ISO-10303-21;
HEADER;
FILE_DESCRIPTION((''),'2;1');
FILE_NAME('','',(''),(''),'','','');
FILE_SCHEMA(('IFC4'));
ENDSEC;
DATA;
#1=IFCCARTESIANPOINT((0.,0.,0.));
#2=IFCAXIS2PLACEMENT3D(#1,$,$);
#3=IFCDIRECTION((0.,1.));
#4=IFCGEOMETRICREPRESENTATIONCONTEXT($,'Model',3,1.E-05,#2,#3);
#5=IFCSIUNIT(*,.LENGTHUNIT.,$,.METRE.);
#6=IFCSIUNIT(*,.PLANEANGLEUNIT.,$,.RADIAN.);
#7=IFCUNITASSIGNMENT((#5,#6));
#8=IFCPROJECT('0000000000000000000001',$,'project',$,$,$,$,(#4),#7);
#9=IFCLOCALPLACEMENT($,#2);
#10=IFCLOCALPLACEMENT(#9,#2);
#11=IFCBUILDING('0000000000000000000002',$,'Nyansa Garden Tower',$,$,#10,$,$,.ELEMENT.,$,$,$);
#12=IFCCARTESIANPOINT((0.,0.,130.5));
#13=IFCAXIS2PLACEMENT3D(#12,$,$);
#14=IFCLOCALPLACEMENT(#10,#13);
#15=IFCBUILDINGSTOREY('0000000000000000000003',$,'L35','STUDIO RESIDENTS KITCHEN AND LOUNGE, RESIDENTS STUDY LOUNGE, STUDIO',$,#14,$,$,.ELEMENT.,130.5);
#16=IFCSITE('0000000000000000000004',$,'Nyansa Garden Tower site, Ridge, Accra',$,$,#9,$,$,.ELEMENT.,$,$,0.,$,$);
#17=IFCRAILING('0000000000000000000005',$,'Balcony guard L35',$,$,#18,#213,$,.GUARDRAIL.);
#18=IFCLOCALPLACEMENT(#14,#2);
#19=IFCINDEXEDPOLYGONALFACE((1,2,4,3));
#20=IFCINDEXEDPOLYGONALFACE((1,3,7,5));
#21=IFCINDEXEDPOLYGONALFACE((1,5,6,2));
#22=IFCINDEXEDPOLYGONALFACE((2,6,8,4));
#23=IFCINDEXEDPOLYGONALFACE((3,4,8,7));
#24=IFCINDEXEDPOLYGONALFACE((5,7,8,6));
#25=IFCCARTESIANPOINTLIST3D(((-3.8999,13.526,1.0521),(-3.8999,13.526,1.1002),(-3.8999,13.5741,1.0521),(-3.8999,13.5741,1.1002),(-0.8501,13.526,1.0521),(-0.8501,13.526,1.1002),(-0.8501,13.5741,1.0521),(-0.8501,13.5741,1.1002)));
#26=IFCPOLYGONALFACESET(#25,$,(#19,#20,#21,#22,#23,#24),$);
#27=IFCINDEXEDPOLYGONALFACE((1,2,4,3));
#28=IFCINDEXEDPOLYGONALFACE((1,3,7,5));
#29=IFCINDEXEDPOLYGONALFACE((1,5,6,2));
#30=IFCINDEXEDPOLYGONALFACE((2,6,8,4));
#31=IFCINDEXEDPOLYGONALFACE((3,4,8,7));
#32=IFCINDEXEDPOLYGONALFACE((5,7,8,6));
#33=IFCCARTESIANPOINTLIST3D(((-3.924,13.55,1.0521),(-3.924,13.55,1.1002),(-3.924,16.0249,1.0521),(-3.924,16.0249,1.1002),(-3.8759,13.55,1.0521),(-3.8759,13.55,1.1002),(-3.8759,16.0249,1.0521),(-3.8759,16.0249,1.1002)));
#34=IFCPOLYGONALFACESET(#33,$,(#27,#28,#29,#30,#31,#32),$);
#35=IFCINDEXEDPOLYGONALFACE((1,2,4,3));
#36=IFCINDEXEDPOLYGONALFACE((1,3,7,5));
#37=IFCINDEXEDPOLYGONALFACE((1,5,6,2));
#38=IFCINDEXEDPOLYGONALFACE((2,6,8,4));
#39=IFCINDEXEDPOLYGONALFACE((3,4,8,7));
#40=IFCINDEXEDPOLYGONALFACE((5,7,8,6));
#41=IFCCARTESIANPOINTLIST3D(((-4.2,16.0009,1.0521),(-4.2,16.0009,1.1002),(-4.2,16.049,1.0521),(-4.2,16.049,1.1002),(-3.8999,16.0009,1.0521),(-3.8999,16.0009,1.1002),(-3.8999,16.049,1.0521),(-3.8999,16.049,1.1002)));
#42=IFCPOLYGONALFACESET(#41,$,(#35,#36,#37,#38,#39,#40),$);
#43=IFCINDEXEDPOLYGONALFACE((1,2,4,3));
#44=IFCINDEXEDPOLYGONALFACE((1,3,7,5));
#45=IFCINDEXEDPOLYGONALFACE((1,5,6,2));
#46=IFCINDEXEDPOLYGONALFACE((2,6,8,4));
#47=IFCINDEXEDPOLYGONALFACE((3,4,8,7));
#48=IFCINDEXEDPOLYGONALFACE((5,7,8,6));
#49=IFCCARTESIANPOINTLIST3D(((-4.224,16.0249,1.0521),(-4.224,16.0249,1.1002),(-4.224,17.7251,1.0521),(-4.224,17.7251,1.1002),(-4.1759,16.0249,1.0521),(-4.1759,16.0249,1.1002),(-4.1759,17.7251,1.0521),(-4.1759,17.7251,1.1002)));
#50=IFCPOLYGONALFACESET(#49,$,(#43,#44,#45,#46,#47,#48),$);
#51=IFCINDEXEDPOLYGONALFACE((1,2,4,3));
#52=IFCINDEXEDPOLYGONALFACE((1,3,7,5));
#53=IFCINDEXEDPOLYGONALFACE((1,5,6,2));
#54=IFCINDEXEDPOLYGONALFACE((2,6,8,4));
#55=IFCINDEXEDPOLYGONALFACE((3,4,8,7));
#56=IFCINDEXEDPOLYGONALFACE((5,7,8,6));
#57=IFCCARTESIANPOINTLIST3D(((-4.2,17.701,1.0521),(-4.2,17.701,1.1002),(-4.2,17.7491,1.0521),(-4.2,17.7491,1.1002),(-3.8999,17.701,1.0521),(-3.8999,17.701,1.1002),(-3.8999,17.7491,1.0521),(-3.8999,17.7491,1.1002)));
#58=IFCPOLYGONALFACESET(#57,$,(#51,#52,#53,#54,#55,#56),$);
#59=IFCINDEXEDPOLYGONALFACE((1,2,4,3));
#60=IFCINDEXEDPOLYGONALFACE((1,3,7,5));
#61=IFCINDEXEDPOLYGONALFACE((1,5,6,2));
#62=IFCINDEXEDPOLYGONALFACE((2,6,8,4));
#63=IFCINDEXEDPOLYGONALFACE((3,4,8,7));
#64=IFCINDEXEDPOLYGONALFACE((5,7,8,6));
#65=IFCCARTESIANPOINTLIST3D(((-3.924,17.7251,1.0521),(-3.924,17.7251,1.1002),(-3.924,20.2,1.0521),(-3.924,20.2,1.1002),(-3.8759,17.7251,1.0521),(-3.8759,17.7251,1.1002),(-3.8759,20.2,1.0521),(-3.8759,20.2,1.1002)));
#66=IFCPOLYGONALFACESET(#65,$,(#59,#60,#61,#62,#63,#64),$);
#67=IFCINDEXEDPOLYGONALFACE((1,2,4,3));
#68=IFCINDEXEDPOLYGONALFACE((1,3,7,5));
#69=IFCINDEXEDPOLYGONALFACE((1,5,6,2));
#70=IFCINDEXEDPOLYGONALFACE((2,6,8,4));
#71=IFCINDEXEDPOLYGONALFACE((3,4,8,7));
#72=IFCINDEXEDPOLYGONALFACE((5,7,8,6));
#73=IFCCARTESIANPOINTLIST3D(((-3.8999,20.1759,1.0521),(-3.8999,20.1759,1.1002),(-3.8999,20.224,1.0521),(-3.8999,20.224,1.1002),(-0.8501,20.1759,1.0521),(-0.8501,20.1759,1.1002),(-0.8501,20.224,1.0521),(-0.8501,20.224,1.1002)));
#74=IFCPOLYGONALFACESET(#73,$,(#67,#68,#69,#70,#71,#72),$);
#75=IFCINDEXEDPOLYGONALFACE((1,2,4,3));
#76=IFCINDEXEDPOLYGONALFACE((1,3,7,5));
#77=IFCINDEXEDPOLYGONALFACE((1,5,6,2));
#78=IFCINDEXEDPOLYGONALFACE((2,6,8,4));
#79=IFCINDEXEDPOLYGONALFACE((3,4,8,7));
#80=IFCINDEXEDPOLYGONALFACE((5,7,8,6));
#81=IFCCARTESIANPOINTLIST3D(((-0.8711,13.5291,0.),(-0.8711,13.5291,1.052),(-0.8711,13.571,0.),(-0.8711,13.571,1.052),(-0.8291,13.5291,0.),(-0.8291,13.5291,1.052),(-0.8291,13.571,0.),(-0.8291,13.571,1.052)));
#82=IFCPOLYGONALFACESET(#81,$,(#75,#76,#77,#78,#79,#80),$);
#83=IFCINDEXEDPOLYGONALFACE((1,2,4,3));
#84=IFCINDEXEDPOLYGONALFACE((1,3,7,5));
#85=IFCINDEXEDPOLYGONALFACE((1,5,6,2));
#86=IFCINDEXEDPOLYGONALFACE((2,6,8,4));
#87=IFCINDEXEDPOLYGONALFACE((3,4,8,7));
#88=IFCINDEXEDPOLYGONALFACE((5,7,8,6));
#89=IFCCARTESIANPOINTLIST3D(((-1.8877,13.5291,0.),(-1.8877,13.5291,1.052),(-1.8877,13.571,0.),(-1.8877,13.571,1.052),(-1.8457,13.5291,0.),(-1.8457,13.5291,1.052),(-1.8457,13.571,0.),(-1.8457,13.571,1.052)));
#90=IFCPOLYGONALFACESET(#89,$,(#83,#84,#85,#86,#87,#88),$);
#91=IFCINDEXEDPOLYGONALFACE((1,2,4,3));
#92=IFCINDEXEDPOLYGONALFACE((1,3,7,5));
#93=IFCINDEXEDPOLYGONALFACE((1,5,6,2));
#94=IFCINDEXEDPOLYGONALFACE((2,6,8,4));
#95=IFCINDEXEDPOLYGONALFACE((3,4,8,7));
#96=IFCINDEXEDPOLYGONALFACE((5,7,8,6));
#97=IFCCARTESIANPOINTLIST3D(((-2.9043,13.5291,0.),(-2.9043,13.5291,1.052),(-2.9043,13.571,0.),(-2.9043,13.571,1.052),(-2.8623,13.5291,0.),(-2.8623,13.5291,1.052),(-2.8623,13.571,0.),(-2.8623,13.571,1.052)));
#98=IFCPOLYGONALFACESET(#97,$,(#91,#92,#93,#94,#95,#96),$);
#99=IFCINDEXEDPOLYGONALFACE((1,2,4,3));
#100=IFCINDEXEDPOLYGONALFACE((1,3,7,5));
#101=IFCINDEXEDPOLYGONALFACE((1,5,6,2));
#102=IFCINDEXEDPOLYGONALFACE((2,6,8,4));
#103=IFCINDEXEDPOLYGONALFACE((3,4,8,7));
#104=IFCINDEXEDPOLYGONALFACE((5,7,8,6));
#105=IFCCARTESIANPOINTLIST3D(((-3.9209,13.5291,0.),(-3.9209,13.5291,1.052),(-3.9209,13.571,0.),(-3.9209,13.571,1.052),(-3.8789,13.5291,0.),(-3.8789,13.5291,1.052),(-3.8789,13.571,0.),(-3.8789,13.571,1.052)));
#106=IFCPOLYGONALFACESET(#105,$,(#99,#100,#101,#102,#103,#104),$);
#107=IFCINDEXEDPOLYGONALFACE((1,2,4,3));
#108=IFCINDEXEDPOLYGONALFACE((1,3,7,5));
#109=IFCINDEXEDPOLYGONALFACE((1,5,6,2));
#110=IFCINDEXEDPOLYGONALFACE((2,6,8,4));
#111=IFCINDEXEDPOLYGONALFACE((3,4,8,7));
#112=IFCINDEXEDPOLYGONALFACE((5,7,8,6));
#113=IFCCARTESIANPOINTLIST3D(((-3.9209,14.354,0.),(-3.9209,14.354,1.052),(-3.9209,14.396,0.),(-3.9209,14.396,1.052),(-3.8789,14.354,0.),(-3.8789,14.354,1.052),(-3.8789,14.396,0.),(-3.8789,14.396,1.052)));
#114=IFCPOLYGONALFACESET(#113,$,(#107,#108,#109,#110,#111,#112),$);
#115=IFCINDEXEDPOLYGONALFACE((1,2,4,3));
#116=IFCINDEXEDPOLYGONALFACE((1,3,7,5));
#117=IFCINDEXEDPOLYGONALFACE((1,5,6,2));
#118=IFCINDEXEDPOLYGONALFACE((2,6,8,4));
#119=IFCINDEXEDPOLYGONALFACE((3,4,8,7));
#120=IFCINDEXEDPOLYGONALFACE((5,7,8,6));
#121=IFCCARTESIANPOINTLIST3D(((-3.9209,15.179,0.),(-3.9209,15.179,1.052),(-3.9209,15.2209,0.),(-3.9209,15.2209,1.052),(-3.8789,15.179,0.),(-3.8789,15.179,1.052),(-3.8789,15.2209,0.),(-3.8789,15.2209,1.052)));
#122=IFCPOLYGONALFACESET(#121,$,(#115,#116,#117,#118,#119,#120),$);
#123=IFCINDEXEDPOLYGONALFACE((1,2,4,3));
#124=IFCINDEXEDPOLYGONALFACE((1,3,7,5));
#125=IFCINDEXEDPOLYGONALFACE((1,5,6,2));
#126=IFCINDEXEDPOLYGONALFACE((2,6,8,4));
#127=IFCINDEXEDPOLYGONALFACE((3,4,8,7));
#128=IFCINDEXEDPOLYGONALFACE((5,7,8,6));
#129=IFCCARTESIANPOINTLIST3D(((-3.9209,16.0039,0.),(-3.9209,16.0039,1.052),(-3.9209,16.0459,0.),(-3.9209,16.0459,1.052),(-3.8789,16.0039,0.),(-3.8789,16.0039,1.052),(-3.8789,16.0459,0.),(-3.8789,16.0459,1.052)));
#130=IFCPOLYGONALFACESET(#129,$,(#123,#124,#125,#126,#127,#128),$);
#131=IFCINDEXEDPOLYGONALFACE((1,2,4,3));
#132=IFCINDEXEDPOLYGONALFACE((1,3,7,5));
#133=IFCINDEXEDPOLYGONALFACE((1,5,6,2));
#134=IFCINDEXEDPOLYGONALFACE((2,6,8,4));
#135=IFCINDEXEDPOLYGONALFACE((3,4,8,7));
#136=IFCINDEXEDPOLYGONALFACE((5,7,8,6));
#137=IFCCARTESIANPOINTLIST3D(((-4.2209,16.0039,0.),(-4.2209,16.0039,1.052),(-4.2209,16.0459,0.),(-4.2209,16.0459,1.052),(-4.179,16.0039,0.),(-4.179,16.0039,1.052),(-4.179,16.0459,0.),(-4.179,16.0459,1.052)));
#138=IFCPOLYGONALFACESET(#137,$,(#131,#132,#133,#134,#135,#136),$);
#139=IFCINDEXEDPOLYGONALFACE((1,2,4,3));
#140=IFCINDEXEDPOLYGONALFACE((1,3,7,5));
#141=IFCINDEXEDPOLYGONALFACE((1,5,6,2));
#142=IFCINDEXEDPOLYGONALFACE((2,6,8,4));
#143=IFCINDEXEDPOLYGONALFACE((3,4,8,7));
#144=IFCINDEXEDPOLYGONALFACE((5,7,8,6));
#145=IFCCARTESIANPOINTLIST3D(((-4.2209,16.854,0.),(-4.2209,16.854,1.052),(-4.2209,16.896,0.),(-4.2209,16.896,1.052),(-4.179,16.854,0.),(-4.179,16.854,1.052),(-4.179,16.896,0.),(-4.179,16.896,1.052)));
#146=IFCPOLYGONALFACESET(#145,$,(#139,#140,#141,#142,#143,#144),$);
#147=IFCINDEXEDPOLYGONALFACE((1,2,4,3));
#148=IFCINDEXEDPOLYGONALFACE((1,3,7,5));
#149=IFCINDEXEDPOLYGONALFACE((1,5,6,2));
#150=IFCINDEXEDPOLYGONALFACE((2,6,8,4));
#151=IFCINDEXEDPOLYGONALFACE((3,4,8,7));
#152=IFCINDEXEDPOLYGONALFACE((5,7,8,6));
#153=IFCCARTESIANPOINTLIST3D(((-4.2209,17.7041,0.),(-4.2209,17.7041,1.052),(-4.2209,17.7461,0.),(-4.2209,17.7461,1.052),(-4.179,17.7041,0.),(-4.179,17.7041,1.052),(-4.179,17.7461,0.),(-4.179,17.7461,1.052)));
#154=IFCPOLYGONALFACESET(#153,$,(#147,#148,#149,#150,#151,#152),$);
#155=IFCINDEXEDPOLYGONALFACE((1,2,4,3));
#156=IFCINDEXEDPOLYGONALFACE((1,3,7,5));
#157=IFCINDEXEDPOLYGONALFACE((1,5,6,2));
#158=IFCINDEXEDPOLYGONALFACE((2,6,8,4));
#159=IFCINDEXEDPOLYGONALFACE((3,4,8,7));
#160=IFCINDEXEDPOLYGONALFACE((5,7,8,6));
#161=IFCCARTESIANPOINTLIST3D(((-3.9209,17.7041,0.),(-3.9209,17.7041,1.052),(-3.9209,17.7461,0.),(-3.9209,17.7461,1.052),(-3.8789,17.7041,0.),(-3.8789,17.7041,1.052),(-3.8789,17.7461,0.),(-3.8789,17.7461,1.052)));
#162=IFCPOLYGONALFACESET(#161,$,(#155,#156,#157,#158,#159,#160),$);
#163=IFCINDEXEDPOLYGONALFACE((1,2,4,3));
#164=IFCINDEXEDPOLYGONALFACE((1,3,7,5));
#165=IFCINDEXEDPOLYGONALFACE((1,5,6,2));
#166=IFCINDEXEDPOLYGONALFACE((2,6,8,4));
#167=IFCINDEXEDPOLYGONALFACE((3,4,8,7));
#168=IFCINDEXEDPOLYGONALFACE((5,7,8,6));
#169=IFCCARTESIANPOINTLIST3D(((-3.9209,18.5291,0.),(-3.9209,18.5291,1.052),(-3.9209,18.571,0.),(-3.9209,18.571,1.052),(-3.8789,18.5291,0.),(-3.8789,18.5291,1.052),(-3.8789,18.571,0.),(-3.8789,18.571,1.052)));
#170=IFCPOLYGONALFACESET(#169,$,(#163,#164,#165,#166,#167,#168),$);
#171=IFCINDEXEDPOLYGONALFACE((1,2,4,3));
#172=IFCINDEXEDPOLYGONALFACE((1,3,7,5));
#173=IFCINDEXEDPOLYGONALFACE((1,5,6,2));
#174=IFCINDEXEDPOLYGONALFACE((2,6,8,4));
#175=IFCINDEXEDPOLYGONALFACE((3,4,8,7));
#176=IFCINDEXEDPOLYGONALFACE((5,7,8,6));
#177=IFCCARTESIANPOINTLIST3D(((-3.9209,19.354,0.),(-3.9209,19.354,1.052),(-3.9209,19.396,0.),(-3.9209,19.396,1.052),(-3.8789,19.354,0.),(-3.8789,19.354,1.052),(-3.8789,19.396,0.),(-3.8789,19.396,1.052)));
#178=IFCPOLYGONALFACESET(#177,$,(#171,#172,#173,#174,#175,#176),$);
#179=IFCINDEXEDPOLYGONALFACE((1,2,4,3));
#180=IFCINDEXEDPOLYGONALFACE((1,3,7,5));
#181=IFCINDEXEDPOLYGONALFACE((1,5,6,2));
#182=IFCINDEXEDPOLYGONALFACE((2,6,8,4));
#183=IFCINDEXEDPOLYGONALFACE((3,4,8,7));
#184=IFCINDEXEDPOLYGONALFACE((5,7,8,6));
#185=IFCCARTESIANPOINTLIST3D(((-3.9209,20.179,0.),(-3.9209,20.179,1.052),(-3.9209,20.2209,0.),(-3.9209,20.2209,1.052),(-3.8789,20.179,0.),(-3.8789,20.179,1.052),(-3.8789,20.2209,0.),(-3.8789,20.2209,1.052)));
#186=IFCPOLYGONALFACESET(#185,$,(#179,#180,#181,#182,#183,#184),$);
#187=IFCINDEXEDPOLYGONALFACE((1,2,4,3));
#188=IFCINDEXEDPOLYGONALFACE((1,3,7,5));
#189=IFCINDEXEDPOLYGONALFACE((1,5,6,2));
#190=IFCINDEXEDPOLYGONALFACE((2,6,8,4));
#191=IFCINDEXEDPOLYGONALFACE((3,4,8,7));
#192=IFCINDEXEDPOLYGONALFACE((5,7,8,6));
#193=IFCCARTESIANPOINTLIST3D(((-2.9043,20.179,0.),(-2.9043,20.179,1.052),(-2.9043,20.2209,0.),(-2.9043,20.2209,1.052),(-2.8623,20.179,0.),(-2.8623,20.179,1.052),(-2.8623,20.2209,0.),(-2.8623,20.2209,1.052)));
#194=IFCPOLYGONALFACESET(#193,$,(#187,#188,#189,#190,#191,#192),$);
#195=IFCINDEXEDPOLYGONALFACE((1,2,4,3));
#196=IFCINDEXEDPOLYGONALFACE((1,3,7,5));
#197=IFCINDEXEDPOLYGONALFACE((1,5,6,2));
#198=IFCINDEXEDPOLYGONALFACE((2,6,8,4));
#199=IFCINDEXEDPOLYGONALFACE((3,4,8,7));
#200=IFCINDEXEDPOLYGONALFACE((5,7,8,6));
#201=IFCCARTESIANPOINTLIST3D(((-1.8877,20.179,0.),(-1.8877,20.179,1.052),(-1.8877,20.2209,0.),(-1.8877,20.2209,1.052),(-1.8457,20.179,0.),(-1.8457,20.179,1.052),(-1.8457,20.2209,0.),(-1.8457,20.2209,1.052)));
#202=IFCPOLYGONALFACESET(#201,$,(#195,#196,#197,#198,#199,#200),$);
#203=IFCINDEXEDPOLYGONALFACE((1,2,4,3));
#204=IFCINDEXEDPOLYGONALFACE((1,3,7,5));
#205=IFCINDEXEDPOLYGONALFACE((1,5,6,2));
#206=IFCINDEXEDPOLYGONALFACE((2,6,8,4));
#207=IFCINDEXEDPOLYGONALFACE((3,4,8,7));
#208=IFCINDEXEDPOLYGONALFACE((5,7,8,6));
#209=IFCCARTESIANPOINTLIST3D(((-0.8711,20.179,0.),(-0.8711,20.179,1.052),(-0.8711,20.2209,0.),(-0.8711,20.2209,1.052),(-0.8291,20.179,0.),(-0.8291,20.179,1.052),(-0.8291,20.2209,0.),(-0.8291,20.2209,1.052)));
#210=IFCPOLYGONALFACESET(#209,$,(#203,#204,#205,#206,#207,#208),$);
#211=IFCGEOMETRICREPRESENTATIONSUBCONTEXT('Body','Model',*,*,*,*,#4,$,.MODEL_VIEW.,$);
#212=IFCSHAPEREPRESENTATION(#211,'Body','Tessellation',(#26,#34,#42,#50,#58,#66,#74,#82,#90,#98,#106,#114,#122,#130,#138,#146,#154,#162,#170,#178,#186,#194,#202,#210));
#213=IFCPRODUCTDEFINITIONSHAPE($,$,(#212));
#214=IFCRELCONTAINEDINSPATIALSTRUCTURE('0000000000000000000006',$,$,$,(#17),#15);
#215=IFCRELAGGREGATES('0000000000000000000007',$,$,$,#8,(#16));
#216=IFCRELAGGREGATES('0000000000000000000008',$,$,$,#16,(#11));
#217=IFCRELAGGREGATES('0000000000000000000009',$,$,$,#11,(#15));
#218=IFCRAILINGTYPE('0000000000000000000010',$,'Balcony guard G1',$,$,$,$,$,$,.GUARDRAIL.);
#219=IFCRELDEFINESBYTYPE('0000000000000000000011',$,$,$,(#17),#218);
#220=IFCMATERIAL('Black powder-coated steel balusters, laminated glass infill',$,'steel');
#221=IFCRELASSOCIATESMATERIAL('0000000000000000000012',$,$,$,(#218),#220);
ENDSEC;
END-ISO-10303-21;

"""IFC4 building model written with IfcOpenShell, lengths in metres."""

from ifc_helpers import new_model, si_unit, direction, frame, origin, origin_2d, place, context, subcontext, project, spatial, rectangle, extrude, material, type_object, element, save


model = new_model("IFC4")

# Units and contexts
model_context = context("Model", 3, precision=1e-05, world=origin(), true_north=direction((0.0, 1.0)))
body_context = subcontext(model_context, "Body", "Model", "MODEL_VIEW")
ifc_project = project(units=[si_unit("LENGTHUNIT", "METRE"), si_unit("PLANEANGLEUNIT", "RADIAN")], contexts=[model_context])

# Site, building, storey
site_placement = place(None, origin())
site = spatial("IfcSite", under=ifc_project, at=site_placement, Name="Nyansa Garden Tower site, Ridge, Accra", CompositionType="ELEMENT", RefElevation=0.0)
building_placement = place(site_placement, origin())
building = spatial("IfcBuilding", under=site, at=building_placement, Name="Nyansa Garden Tower", CompositionType="ELEMENT")
storey_placement = place(building_placement, frame((0.0, 0.0, 130.5)))
storey = spatial("IfcBuildingStorey", under=building, at=storey_placement, Name="L35", Description="STUDIO RESIDENTS KITCHEN AND LOUNGE, RESIDENTS STUDY LOUNGE, STUDIO", CompositionType="ELEMENT", Elevation=130.5)

# Railing
ifc_material_1 = material(Name="Black powder-coated steel balusters, laminated glass infill", Category="steel")
railing_type = type_object("IfcRailingType", Name="Balcony guard G1", PredefinedType="GUARDRAIL", material=ifc_material_1)
railing_placement = place(storey_placement, frame((-0.8501, 13.55, 0.0)))
element("IfcRailing", 1, at=railing_placement, inside=storey, type_object=railing_type, Name="Balcony guard L35", PredefinedType="GUARDRAIL", context=body_context, shape_type="SweptSolid", body=[
    extrude(rectangle(XDim=0.0481, YDim=0.0481, at=origin_2d()), frame((0.0, 0.0, 1.0762), z_axis=(-1.0, 0.0, 0.0), x_axis=(0.0, -1.0, 0.0)), (0.0, 0.0, 1.0), 3.0498),
    extrude(rectangle(XDim=0.0481, YDim=0.0481, at=origin_2d()), frame((-3.0498, 0.0, 1.0762), z_axis=(0.0, 1.0, 0.0), x_axis=(-1.0, 0.0, 0.0)), (0.0, 0.0, 1.0), 2.4749),
    extrude(rectangle(XDim=0.0481, YDim=0.0481, at=origin_2d()), frame((-3.0498, 2.4749, 1.0762), z_axis=(-1.0, 0.0, 0.0), x_axis=(0.0, -1.0, 0.0)), (0.0, 0.0, 1.0), 0.3),
    extrude(rectangle(XDim=0.0481, YDim=0.0481, at=origin_2d()), frame((-3.3499, 2.4749, 1.0762), z_axis=(0.0, 1.0, 0.0), x_axis=(-1.0, 0.0, 0.0)), (0.0, 0.0, 1.0), 1.7002),
    extrude(rectangle(XDim=0.0481, YDim=0.0481, at=origin_2d()), frame((-3.3499, 4.175, 1.0762), z_axis=(1.0, 0.0, 0.0), x_axis=(0.0, 1.0, 0.0)), (0.0, 0.0, 1.0), 0.3),
    extrude(rectangle(XDim=0.0481, YDim=0.0481, at=origin_2d()), frame((-3.0498, 4.175, 1.0762), z_axis=(0.0, 1.0, 0.0), x_axis=(-1.0, 0.0, 0.0)), (0.0, 0.0, 1.0), 2.4749),
    extrude(rectangle(XDim=0.0481, YDim=0.0481, at=origin_2d()), frame((-3.0498, 6.6499, 1.0762), z_axis=(1.0, 0.0, 0.0), x_axis=(0.0, 1.0, 0.0)), (0.0, 0.0, 1.0), 3.0498),
    extrude(rectangle(XDim=0.042, YDim=0.042, at=origin_2d()), origin(), (0.0, 0.0, 1.0), 1.052),
    extrude(rectangle(XDim=0.042, YDim=0.042, at=origin_2d()), frame((-1.0166, 0.0, 0.0)), (0.0, 0.0, 1.0), 1.052),
    extrude(rectangle(XDim=0.042, YDim=0.042, at=origin_2d()), frame((-2.0332, 0.0, 0.0)), (0.0, 0.0, 1.0), 1.052),
    extrude(rectangle(XDim=0.042, YDim=0.042, at=origin_2d()), frame((-3.0498, 0.0, 0.0)), (0.0, 0.0, 1.0), 1.052),
    extrude(rectangle(XDim=0.042, YDim=0.042, at=origin_2d()), frame((-3.0498, 0.825, 0.0)), (0.0, 0.0, 1.0), 1.052),
    extrude(rectangle(XDim=0.042, YDim=0.042, at=origin_2d()), frame((-3.0498, 1.6499, 0.0)), (0.0, 0.0, 1.0), 1.052),
    extrude(rectangle(XDim=0.042, YDim=0.042, at=origin_2d()), frame((-3.0498, 2.4749, 0.0)), (0.0, 0.0, 1.0), 1.052),
    extrude(rectangle(XDim=0.042, YDim=0.042, at=origin_2d()), frame((-3.3499, 2.4749, 0.0)), (0.0, 0.0, 1.0), 1.052),
    extrude(rectangle(XDim=0.042, YDim=0.042, at=origin_2d()), frame((-3.3499, 3.325, 0.0)), (0.0, 0.0, 1.0), 1.052),
    extrude(rectangle(XDim=0.042, YDim=0.042, at=origin_2d()), frame((-3.3499, 4.175, 0.0)), (0.0, 0.0, 1.0), 1.052),
    extrude(rectangle(XDim=0.042, YDim=0.042, at=origin_2d()), frame((-3.0498, 4.175, 0.0)), (0.0, 0.0, 1.0), 1.052),
    extrude(rectangle(XDim=0.042, YDim=0.042, at=origin_2d()), frame((-3.0498, 5.0, 0.0)), (0.0, 0.0, 1.0), 1.052),
    extrude(rectangle(XDim=0.042, YDim=0.042, at=origin_2d()), frame((-3.0498, 5.825, 0.0)), (0.0, 0.0, 1.0), 1.052),
    extrude(rectangle(XDim=0.042, YDim=0.042, at=origin_2d()), frame((-3.0498, 6.6499, 0.0)), (0.0, 0.0, 1.0), 1.052),
    extrude(rectangle(XDim=0.042, YDim=0.042, at=origin_2d()), frame((-2.0332, 6.6499, 0.0)), (0.0, 0.0, 1.0), 1.052),
    extrude(rectangle(XDim=0.042, YDim=0.042, at=origin_2d()), frame((-1.0166, 6.6499, 0.0)), (0.0, 0.0, 1.0), 1.052),
    extrude(rectangle(XDim=0.042, YDim=0.042, at=origin_2d()), frame((0.0, 6.6499, 0.0)), (0.0, 0.0, 1.0), 1.052),
])

save(model, "model.ifc")
